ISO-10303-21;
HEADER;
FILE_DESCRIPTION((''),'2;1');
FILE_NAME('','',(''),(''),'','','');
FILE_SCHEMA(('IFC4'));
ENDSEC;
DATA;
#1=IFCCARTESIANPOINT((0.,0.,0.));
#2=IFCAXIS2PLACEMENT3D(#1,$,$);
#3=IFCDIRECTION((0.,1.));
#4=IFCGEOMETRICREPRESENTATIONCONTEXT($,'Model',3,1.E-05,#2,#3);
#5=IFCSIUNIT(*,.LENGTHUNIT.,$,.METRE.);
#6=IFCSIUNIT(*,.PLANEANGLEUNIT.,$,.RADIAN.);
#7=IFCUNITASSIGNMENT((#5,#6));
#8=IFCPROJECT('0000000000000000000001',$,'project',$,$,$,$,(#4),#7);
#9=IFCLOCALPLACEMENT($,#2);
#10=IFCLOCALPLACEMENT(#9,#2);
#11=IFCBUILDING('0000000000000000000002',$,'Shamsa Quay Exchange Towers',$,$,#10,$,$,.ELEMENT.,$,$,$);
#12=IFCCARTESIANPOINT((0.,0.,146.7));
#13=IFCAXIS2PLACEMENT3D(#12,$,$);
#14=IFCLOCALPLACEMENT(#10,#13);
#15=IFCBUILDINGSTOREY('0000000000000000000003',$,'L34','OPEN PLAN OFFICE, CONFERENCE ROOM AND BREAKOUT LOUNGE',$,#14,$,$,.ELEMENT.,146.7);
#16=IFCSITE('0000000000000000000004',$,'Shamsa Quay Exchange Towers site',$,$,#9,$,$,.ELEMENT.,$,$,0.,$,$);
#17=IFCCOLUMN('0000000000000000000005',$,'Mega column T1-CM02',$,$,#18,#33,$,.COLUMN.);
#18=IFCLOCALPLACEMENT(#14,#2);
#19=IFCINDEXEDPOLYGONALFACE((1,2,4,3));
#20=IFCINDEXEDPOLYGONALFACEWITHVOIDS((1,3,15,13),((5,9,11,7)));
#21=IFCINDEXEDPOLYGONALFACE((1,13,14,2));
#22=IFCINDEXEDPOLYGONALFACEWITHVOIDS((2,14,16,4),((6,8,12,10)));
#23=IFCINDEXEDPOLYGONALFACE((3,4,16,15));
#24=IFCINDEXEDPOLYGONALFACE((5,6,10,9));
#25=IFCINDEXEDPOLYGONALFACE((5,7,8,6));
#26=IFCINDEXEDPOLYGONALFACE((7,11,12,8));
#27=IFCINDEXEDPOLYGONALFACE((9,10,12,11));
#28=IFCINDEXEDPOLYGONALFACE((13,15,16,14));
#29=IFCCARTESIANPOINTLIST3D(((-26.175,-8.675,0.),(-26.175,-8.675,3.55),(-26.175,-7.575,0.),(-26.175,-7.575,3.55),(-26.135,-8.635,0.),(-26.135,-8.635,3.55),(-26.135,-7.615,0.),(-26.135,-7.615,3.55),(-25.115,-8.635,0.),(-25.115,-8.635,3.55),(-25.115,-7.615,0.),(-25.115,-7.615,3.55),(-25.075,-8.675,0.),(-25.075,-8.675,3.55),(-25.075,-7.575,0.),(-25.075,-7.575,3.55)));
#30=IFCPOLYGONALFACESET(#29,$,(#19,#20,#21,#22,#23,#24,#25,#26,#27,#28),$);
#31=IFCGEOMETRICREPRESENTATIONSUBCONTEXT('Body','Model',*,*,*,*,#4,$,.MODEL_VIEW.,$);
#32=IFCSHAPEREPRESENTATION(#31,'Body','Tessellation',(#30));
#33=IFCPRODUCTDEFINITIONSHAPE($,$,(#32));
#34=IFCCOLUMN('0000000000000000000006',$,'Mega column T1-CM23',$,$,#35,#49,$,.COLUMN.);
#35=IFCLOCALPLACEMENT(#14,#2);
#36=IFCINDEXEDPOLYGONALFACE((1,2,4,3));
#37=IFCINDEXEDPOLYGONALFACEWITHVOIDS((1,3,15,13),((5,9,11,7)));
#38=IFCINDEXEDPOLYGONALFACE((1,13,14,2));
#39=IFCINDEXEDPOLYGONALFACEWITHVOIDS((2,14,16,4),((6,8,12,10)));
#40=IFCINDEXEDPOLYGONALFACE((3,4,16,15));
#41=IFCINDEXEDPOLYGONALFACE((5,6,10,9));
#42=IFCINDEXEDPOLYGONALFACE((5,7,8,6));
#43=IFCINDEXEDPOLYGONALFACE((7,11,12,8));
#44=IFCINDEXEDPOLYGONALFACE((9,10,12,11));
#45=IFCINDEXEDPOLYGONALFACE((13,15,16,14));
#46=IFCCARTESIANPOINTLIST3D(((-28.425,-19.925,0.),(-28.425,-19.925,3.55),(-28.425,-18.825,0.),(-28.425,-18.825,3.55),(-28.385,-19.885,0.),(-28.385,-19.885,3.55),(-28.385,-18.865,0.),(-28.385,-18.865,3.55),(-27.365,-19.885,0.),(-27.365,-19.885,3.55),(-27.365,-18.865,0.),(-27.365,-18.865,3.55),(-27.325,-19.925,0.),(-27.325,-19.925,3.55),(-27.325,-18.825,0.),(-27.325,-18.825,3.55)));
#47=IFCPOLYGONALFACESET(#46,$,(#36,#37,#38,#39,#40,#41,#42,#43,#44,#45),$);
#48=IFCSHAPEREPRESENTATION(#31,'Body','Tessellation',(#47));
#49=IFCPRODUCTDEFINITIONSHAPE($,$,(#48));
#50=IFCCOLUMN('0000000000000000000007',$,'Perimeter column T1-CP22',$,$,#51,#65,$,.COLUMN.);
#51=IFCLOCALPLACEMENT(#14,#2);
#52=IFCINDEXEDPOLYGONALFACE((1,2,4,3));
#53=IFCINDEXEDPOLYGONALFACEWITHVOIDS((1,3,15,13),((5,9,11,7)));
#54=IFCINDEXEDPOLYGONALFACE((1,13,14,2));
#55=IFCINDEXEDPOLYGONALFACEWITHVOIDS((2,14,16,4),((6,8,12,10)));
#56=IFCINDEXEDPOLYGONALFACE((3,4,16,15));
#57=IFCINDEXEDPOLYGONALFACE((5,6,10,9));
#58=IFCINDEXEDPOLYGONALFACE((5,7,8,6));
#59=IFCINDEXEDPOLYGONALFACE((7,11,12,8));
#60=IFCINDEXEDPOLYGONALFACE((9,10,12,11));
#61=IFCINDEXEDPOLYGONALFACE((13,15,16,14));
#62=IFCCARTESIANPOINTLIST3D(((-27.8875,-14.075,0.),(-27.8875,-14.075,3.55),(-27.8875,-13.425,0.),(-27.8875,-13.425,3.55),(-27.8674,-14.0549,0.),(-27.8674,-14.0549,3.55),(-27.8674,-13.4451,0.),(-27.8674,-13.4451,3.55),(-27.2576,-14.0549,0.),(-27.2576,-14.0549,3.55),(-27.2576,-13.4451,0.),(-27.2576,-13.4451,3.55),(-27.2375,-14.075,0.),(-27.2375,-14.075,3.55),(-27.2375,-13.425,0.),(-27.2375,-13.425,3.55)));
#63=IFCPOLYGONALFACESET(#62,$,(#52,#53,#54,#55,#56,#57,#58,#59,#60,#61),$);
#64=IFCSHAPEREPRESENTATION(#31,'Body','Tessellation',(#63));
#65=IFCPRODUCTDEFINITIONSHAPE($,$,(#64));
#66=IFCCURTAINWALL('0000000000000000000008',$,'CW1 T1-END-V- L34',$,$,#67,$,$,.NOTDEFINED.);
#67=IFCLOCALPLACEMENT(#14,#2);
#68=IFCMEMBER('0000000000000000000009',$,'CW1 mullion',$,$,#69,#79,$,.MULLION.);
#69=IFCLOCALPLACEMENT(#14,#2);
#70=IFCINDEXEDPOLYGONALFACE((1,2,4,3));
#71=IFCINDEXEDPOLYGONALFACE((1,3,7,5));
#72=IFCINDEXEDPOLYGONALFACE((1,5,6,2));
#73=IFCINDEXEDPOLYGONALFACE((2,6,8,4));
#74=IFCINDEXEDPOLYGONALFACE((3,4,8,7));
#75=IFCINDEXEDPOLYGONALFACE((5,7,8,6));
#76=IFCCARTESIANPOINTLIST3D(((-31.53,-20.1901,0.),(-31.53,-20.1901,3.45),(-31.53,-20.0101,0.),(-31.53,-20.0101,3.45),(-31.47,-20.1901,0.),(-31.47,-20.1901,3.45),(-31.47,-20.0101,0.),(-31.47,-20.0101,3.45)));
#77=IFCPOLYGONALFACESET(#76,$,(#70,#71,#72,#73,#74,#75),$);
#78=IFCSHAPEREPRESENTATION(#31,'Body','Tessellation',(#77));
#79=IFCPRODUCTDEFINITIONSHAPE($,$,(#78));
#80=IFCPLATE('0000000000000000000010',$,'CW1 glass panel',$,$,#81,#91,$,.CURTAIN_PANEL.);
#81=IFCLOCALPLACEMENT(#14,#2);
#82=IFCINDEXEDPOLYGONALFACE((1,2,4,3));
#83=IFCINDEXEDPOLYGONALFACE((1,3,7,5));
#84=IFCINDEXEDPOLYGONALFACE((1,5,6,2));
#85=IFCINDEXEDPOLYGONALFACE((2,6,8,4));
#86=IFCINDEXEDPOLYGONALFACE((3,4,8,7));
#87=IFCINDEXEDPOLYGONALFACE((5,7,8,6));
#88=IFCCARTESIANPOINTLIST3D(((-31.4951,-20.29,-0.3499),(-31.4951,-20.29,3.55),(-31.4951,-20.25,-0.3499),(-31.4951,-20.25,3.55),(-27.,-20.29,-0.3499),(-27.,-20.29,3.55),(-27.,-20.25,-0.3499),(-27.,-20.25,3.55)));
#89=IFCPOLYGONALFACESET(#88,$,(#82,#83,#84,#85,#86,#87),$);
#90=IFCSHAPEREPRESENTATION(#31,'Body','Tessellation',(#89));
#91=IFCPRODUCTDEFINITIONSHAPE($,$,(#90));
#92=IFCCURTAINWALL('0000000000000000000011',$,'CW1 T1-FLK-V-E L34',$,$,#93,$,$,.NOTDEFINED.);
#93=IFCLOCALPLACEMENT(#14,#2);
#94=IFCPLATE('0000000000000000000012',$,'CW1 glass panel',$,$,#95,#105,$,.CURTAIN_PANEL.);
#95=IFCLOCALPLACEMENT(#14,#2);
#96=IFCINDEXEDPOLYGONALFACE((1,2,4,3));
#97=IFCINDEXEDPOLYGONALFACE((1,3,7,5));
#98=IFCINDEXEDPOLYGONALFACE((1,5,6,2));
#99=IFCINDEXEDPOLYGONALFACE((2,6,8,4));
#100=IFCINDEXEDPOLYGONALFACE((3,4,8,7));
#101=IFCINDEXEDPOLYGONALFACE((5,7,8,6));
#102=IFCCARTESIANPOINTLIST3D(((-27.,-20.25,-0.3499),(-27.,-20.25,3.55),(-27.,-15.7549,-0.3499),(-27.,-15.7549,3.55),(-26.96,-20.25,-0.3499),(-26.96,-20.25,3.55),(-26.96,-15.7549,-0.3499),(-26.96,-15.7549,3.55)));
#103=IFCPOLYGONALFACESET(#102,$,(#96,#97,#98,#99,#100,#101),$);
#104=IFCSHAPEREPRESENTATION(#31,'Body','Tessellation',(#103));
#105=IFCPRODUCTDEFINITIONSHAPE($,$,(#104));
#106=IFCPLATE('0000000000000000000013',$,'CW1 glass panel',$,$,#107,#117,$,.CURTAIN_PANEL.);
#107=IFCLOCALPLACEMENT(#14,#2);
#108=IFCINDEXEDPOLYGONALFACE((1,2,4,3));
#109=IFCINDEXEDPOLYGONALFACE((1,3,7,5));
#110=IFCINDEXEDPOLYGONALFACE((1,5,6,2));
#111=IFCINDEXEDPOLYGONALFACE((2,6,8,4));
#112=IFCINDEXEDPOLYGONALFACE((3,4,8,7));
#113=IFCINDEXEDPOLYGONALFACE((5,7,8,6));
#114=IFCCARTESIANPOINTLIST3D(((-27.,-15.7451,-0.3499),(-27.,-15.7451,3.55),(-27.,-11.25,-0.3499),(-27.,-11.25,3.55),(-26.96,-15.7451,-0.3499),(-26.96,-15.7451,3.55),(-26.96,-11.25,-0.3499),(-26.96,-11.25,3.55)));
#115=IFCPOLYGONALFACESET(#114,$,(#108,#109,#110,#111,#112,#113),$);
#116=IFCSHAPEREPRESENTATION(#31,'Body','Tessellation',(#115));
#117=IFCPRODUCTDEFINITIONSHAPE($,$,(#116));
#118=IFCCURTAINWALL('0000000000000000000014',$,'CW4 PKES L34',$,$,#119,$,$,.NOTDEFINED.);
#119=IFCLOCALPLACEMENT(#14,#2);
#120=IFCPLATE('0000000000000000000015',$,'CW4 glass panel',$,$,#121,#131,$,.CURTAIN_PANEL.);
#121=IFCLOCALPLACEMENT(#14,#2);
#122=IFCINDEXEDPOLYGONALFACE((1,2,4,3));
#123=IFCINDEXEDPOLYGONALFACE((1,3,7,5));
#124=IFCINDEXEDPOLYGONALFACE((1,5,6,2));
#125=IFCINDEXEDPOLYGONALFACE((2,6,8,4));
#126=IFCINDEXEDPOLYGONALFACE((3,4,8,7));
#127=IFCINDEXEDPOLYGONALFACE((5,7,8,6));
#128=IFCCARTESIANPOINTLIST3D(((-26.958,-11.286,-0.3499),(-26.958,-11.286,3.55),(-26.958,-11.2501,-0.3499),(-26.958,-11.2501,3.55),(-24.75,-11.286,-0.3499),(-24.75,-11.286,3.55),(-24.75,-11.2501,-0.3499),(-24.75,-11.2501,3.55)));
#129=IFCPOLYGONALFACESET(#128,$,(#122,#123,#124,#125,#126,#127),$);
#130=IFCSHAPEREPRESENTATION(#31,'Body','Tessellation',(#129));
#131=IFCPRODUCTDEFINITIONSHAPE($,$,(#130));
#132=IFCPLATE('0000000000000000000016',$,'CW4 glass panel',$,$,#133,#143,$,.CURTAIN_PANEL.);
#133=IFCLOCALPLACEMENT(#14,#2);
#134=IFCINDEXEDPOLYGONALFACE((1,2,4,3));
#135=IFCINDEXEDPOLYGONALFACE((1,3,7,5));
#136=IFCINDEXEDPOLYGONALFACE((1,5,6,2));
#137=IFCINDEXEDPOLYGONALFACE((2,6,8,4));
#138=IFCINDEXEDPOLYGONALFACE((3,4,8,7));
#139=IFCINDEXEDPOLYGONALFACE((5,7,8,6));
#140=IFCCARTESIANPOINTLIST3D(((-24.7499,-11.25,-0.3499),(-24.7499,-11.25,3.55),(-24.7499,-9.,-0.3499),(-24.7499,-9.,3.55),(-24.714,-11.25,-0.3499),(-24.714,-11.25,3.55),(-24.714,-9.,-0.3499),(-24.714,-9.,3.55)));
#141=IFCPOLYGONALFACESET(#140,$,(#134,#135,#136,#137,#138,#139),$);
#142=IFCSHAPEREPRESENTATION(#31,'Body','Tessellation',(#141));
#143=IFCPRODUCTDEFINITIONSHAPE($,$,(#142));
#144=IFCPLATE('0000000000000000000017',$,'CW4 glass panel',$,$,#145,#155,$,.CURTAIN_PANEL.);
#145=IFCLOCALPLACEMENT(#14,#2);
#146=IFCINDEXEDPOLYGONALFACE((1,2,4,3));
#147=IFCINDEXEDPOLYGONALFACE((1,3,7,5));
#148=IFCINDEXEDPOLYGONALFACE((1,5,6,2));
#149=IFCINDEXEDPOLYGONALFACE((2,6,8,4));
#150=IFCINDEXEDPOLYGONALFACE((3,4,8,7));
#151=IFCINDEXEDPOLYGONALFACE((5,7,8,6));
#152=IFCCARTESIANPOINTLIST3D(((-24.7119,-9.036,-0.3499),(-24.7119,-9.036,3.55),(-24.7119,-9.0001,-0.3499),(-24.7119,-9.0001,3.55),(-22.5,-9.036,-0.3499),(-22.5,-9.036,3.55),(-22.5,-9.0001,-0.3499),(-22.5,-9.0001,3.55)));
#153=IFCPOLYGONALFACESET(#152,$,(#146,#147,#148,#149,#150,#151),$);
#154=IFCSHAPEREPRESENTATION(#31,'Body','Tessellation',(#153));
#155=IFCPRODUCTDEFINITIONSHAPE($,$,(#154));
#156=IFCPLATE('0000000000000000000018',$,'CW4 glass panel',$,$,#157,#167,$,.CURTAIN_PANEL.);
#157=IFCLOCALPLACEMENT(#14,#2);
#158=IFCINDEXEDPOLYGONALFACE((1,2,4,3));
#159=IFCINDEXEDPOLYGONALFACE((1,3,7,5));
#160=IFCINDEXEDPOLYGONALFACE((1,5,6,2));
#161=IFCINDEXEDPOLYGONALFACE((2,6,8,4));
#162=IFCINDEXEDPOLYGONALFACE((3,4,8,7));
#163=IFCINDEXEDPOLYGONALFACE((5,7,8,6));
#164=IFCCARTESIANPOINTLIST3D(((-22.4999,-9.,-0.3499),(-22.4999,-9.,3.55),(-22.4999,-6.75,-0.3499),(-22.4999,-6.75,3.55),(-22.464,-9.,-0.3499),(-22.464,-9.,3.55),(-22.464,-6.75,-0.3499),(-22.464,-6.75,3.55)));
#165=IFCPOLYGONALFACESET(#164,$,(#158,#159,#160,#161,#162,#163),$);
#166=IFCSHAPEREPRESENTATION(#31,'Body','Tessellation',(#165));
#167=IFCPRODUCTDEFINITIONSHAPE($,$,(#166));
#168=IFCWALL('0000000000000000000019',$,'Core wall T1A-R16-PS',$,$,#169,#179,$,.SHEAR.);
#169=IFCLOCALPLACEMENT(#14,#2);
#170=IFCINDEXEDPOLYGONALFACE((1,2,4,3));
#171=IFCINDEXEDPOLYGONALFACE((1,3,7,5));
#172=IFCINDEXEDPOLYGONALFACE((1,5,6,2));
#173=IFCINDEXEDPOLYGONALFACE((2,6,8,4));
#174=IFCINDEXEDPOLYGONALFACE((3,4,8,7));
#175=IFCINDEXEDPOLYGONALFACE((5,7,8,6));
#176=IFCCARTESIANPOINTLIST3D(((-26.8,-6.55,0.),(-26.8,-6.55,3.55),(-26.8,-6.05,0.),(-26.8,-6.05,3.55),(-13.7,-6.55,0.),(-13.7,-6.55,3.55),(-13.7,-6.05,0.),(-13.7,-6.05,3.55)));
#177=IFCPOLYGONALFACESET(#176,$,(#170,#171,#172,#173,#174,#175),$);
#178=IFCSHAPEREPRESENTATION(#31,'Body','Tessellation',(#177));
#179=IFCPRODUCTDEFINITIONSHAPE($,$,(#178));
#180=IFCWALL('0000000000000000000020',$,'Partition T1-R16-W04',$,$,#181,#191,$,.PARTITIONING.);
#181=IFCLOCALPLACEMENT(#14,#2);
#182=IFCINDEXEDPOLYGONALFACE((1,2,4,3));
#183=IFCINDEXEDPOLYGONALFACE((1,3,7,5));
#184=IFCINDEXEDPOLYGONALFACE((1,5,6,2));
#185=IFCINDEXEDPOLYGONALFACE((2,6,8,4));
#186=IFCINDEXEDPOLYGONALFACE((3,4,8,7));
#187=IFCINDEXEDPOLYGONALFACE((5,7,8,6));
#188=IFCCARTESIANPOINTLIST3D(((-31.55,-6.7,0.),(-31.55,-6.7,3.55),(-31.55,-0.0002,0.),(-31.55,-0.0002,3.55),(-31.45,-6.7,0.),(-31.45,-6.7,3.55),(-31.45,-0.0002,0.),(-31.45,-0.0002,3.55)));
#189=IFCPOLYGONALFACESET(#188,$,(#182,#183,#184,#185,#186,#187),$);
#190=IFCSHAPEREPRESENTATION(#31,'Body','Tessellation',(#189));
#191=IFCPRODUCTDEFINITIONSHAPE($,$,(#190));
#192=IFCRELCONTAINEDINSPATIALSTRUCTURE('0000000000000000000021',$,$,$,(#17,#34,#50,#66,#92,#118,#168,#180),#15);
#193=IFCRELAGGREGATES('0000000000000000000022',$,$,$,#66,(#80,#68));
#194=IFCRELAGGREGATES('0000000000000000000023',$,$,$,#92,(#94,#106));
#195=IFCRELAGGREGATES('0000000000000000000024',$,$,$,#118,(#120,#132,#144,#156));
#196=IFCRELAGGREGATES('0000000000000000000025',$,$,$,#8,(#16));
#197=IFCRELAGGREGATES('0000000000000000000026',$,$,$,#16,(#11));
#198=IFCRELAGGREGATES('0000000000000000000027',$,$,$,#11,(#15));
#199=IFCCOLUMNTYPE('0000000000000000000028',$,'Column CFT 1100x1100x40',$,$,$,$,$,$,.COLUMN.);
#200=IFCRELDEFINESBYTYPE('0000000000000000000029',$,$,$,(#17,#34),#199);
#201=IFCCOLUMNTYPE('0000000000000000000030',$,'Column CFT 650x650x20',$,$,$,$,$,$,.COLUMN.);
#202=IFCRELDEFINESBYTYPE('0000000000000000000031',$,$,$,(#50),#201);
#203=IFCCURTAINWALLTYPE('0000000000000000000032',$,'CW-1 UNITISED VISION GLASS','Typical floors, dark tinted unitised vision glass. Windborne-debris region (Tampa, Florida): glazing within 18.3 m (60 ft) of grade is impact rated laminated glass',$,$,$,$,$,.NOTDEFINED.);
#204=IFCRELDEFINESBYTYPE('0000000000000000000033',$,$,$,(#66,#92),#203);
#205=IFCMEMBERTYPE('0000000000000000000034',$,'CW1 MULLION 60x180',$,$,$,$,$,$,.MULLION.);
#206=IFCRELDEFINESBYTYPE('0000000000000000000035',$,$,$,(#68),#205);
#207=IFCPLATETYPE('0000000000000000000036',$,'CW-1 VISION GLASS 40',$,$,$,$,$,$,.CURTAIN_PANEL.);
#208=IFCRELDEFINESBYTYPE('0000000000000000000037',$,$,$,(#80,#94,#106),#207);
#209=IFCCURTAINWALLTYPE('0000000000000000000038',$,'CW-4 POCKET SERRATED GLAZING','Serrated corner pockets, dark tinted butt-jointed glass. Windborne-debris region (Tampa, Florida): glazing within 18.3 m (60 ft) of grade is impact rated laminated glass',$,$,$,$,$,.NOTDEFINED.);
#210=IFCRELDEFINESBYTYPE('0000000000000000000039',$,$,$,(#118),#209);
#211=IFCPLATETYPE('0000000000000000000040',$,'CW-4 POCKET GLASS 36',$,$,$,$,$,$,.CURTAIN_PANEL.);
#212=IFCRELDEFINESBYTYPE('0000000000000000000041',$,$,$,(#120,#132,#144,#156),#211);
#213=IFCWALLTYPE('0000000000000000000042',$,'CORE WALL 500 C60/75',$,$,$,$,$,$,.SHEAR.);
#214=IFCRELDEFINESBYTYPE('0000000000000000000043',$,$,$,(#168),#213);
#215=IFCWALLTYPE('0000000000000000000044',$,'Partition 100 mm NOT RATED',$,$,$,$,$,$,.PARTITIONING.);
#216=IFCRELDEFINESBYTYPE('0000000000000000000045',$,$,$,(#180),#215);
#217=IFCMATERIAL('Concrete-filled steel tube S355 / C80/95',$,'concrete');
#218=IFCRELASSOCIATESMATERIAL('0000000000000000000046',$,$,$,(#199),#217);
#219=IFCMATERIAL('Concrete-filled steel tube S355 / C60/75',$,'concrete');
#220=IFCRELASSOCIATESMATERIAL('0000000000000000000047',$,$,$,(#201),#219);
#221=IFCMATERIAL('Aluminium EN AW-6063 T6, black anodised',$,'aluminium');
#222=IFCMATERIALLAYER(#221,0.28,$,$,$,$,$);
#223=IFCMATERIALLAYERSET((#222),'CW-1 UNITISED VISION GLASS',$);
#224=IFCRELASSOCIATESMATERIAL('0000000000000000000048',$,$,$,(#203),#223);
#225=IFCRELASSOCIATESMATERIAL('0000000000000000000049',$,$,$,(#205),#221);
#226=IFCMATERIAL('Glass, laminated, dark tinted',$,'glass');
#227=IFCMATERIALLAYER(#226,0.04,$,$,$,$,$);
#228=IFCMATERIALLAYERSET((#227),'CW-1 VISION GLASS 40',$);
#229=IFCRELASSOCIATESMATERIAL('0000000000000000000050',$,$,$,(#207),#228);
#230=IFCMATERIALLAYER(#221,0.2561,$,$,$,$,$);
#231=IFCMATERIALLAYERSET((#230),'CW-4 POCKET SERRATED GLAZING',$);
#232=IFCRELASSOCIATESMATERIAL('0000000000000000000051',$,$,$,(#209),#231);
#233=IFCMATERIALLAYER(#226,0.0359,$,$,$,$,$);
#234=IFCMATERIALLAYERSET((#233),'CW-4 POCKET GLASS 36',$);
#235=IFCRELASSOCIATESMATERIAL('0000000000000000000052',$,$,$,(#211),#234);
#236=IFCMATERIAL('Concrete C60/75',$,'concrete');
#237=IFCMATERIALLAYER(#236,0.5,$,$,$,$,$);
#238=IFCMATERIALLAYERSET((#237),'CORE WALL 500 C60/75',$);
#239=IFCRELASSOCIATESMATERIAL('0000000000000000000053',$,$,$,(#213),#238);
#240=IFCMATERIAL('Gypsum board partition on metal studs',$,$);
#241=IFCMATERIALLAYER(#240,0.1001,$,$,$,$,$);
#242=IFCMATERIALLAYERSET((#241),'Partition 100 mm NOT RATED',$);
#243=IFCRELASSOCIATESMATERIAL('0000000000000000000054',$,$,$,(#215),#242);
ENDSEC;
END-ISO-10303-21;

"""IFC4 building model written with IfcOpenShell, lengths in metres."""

from ifc_helpers import new_model, si_unit, direction, frame, frame_2d, origin, origin_2d, place, context, subcontext, project, spatial, rectangle, hollow_rectangle, extrude, material, layer, layer_set, material_profile, profile_set, type_object, element, aggregate, save


model = new_model("IFC4")

# Units and contexts
model_context = context("Model", 3, precision=1e-05, world=origin(), true_north=direction((0.0, 1.0)))
body_context = subcontext(model_context, "Body", "Model", "MODEL_VIEW")
ifc_project = project(units=[si_unit("LENGTHUNIT", "METRE"), si_unit("PLANEANGLEUNIT", "RADIAN")], contexts=[model_context])

# Site, building, storey
site_placement = place(None, origin())
site = spatial("IfcSite", under=ifc_project, at=site_placement, Name="Shamsa Quay Exchange Towers site", CompositionType="ELEMENT", RefElevation=0.0)
building_placement = place(site_placement, origin())
building = spatial("IfcBuilding", under=site, at=building_placement, Name="Shamsa Quay Exchange Towers", CompositionType="ELEMENT")
storey_placement = place(building_placement, frame((0.0, 0.0, 146.7)))
storey = spatial("IfcBuildingStorey", under=building, at=storey_placement, Name="L34", Description="OPEN PLAN OFFICE, CONFERENCE ROOM AND BREAKOUT LOUNGE", CompositionType="ELEMENT", Elevation=146.7)

# Columns
ifc_material_1 = material(Name="Concrete-filled steel tube S355 / C80/95", Category="concrete")
ifc_material_profile_1 = material_profile(ifc_material_1, hollow_rectangle(XDim=1.1001, YDim=1.1001, WallThickness=0.04, at=origin_2d()), Name="CFT 1100x1100x40")
ifc_profile_set_1 = profile_set([ifc_material_profile_1], Name="Concrete-filled steel tube S355 / C80/95")
column_type_1 = type_object("IfcColumnType", Name="Column CFT 1100x1100x40", PredefinedType="COLUMN", material=ifc_profile_set_1)
for number, where, name in (
    (1, (-25.625, -8.125, 0.0), "Mega column T1-CM02"),
    (2, (-27.875, -19.375, 0.0), "Mega column T1-CM23"),
):
    element("IfcColumn", number, at=place(storey_placement, frame(where)), inside=storey, type_object=column_type_1, Name=name, PredefinedType="COLUMN", context=body_context, shape_type="SweptSolid", body=[
        extrude(hollow_rectangle(XDim=1.1001, YDim=1.1001, WallThickness=0.04, at=origin_2d()), origin(), (0.0, 0.0, 1.0), 3.55),
    ])
ifc_material_2 = material(Name="Concrete-filled steel tube S355 / C60/75", Category="concrete")
ifc_material_profile_2 = material_profile(ifc_material_2, hollow_rectangle(XDim=0.6499, YDim=0.6499, WallThickness=0.02, at=origin_2d()), Name="CFT 650x650x20")
ifc_profile_set_2 = profile_set([ifc_material_profile_2], Name="Concrete-filled steel tube S355 / C60/75")
column_type_2 = type_object("IfcColumnType", Name="Column CFT 650x650x20", PredefinedType="COLUMN", material=ifc_profile_set_2)
column_placement = place(storey_placement, frame((-27.5625, -13.75, 0.0)))
element("IfcColumn", 3, at=column_placement, inside=storey, type_object=column_type_2, Name="Perimeter column T1-CP22", PredefinedType="COLUMN", context=body_context, shape_type="SweptSolid", body=[
    extrude(hollow_rectangle(XDim=0.6499, YDim=0.6499, WallThickness=0.02, at=origin_2d()), origin(), (0.0, 0.0, 1.0), 3.55),
])

# Curtain wall, member, plate
ifc_material_3 = material(Name="Aluminium EN AW-6063 T6, black anodised", Category="aluminium")
ifc_layer_1 = layer(ifc_material_3, 0.28)
ifc_layer_set_1 = layer_set([ifc_layer_1], Name="CW-1 UNITISED VISION GLASS")
curtain_wall_type_1 = type_object("IfcCurtainWallType", Name="CW-1 UNITISED VISION GLASS", Description="Typical floors, dark tinted unitised vision glass. Windborne-debris region (Tampa, Florida): glazing within 18.3 m (60 ft) of grade is impact rated laminated glass", PredefinedType="NOTDEFINED", material=ifc_layer_set_1)
curtain_wall_1_placement = place(storey_placement, origin())
curtain_wall_1 = element("IfcCurtainWall", 4, at=curtain_wall_1_placement, inside=storey, type_object=curtain_wall_type_1, Name="CW1 T1-END-V- L34", PredefinedType="NOTDEFINED")
ifc_material_profile_3 = material_profile(ifc_material_3, rectangle(XDim=0.1799, YDim=0.0601, at=origin_2d()), Name="MU60x180")
ifc_profile_set_3 = profile_set([ifc_material_profile_3], Name="Aluminium EN AW-6063 T6, black anodised")
member_type = type_object("IfcMemberType", Name="CW1 MULLION 60x180", PredefinedType="MULLION", material=ifc_profile_set_3)
member_placement = place(storey_placement, frame((-31.5, -20.1001, 0.0), z_axis=(0.0, 0.0, 1.0), x_axis=(0.0, 1.0, 0.0)))
member = element("IfcMember", 5, at=member_placement, type_object=member_type, Name="CW1 mullion", PredefinedType="MULLION", context=body_context, shape_type="SweptSolid", body=[
    extrude(rectangle(XDim=0.1799, YDim=0.0601, at=origin_2d()), origin(), (0.0, 0.0, 1.0), 3.45),
])
ifc_material_4 = material(Name="Glass, laminated, dark tinted", Category="glass")
ifc_layer_2 = layer(ifc_material_4, 0.04)
ifc_layer_set_2 = layer_set([ifc_layer_2], Name="CW-1 VISION GLASS 40")
plate_type_1 = type_object("IfcPlateType", Name="CW-1 VISION GLASS 40", PredefinedType="CURTAIN_PANEL", material=ifc_layer_set_2)
plate_1_placement = place(storey_placement, frame((-29.2476, -20.27, -0.3499)))
plate_1 = element("IfcPlate", 6, at=plate_1_placement, type_object=plate_type_1, Name="CW1 glass panel", PredefinedType="CURTAIN_PANEL", context=body_context, shape_type="SweptSolid", body=[
    extrude(rectangle(XDim=4.4951, YDim=0.04, at=origin_2d()), origin(), (0.0, 0.0, 1.0), 3.8999),
])
aggregate(curtain_wall_1, [plate_1, member])

# Curtain walls, plates
curtain_wall_2_placement = place(storey_placement, origin())
curtain_wall_2 = element("IfcCurtainWall", 7, at=curtain_wall_2_placement, inside=storey, type_object=curtain_wall_type_1, Name="CW1 T1-FLK-V-E L34", PredefinedType="NOTDEFINED")
plate_2_placement = place(storey_placement, frame((-26.98, -18.0024, -0.3499), z_axis=(0.0, 0.0, 1.0), x_axis=(0.0, 1.0, 0.0)))
plate_2 = element("IfcPlate", 8, at=plate_2_placement, type_object=plate_type_1, Name="CW1 glass panel", PredefinedType="CURTAIN_PANEL", context=body_context, shape_type="SweptSolid", body=[
    extrude(rectangle(XDim=4.4951, YDim=0.04, at=origin_2d()), origin(), (0.0, 0.0, 1.0), 3.8999),
])
plate_3_placement = place(storey_placement, frame((-26.98, -13.4976, -0.3499), z_axis=(0.0, 0.0, 1.0), x_axis=(0.0, 1.0, 0.0)))
plate_3 = element("IfcPlate", 9, at=plate_3_placement, type_object=plate_type_1, Name="CW1 glass panel", PredefinedType="CURTAIN_PANEL", context=body_context, shape_type="SweptSolid", body=[
    extrude(rectangle(XDim=4.4951, YDim=0.04, at=origin_2d()), origin(), (0.0, 0.0, 1.0), 3.8999),
])
aggregate(curtain_wall_2, [plate_2, plate_3])
ifc_layer_3 = layer(ifc_material_3, 0.2561)
ifc_layer_set_3 = layer_set([ifc_layer_3], Name="CW-4 POCKET SERRATED GLAZING")
curtain_wall_type_2 = type_object("IfcCurtainWallType", Name="CW-4 POCKET SERRATED GLAZING", Description="Serrated corner pockets, dark tinted butt-jointed glass. Windborne-debris region (Tampa, Florida): glazing within 18.3 m (60 ft) of grade is impact rated laminated glass", PredefinedType="NOTDEFINED", material=ifc_layer_set_3)
curtain_wall_3_placement = place(storey_placement, origin())
curtain_wall_3 = element("IfcCurtainWall", 10, at=curtain_wall_3_placement, inside=storey, type_object=curtain_wall_type_2, Name="CW4 PKES L34", PredefinedType="NOTDEFINED")
ifc_layer_4 = layer(ifc_material_4, 0.0359)
ifc_layer_set_4 = layer_set([ifc_layer_4], Name="CW-4 POCKET GLASS 36")
plate_type_2 = type_object("IfcPlateType", Name="CW-4 POCKET GLASS 36", PredefinedType="CURTAIN_PANEL", material=ifc_layer_set_4)
plate_4_placement = place(storey_placement, frame((-25.854, -11.2681, -0.3499)))
plate_4 = element("IfcPlate", 11, at=plate_4_placement, type_object=plate_type_2, Name="CW4 glass panel", PredefinedType="CURTAIN_PANEL", context=body_context, shape_type="SweptSolid", body=[
    extrude(rectangle(XDim=2.208, YDim=0.0359, at=origin_2d()), origin(), (0.0, 0.0, 1.0), 3.8999),
])
plate_5_placement = place(storey_placement, frame((-24.7319, -10.125, -0.3499), z_axis=(0.0, 0.0, 1.0), x_axis=(0.0, 1.0, 0.0)))
plate_5 = element("IfcPlate", 12, at=plate_5_placement, type_object=plate_type_2, Name="CW4 glass panel", PredefinedType="CURTAIN_PANEL", context=body_context, shape_type="SweptSolid", body=[
    extrude(rectangle(XDim=2.25, YDim=0.0359, at=origin_2d()), origin(), (0.0, 0.0, 1.0), 3.8999),
])
plate_6_placement = place(storey_placement, frame((-23.606, -9.0181, -0.3499)))
plate_6 = element("IfcPlate", 13, at=plate_6_placement, type_object=plate_type_2, Name="CW4 glass panel", PredefinedType="CURTAIN_PANEL", context=body_context, shape_type="SweptSolid", body=[
    extrude(rectangle(XDim=2.2119, YDim=0.0359, at=origin_2d()), origin(), (0.0, 0.0, 1.0), 3.8999),
])
plate_7_placement = place(storey_placement, frame((-22.4819, -7.875, -0.3499), z_axis=(0.0, 0.0, 1.0), x_axis=(0.0, 1.0, 0.0)))
plate_7 = element("IfcPlate", 14, at=plate_7_placement, type_object=plate_type_2, Name="CW4 glass panel", PredefinedType="CURTAIN_PANEL", context=body_context, shape_type="SweptSolid", body=[
    extrude(rectangle(XDim=2.25, YDim=0.0359, at=origin_2d()), origin(), (0.0, 0.0, 1.0), 3.8999),
])
aggregate(curtain_wall_3, [plate_4, plate_5, plate_6, plate_7])

# Walls
ifc_material_5 = material(Name="Concrete C60/75", Category="concrete")
ifc_layer_5 = layer(ifc_material_5, 0.5)
ifc_layer_set_5 = layer_set([ifc_layer_5], Name="CORE WALL 500 C60/75")
wall_type_1 = type_object("IfcWallType", Name="CORE WALL 500 C60/75", PredefinedType="SHEAR", material=ifc_layer_set_5)
wall_1_placement = place(storey_placement, frame((-26.8, -6.3, 0.0)))
element("IfcWall", 15, at=wall_1_placement, inside=storey, type_object=wall_type_1, Name="Core wall T1A-R16-PS", PredefinedType="SHEAR", context=body_context, shape_type="SweptSolid", body=[
    extrude(rectangle(XDim=13.1001, YDim=0.5, at=frame_2d((6.55, 0.0))), origin(), (0.0, 0.0, 1.0), 3.55),
])
ifc_material_6 = material(Name="Gypsum board partition on metal studs")
ifc_layer_6 = layer(ifc_material_6, 0.1001)
ifc_layer_set_6 = layer_set([ifc_layer_6], Name="Partition 100 mm NOT RATED")
wall_type_2 = type_object("IfcWallType", Name="Partition 100 mm NOT RATED", PredefinedType="PARTITIONING", material=ifc_layer_set_6)
wall_2_placement = place(storey_placement, frame((-31.5, -0.0002, 0.0), z_axis=(0.0, 0.0, 1.0), x_axis=(0.0, -1.0, 0.0)))
element("IfcWall", 16, at=wall_2_placement, inside=storey, type_object=wall_type_2, Name="Partition T1-R16-W04", PredefinedType="PARTITIONING", context=body_context, shape_type="SweptSolid", body=[
    extrude(rectangle(XDim=6.6997, YDim=0.1001, at=frame_2d((3.3499, 0.0))), origin(), (0.0, 0.0, 1.0), 3.55),
])

save(model, "model.ifc")
